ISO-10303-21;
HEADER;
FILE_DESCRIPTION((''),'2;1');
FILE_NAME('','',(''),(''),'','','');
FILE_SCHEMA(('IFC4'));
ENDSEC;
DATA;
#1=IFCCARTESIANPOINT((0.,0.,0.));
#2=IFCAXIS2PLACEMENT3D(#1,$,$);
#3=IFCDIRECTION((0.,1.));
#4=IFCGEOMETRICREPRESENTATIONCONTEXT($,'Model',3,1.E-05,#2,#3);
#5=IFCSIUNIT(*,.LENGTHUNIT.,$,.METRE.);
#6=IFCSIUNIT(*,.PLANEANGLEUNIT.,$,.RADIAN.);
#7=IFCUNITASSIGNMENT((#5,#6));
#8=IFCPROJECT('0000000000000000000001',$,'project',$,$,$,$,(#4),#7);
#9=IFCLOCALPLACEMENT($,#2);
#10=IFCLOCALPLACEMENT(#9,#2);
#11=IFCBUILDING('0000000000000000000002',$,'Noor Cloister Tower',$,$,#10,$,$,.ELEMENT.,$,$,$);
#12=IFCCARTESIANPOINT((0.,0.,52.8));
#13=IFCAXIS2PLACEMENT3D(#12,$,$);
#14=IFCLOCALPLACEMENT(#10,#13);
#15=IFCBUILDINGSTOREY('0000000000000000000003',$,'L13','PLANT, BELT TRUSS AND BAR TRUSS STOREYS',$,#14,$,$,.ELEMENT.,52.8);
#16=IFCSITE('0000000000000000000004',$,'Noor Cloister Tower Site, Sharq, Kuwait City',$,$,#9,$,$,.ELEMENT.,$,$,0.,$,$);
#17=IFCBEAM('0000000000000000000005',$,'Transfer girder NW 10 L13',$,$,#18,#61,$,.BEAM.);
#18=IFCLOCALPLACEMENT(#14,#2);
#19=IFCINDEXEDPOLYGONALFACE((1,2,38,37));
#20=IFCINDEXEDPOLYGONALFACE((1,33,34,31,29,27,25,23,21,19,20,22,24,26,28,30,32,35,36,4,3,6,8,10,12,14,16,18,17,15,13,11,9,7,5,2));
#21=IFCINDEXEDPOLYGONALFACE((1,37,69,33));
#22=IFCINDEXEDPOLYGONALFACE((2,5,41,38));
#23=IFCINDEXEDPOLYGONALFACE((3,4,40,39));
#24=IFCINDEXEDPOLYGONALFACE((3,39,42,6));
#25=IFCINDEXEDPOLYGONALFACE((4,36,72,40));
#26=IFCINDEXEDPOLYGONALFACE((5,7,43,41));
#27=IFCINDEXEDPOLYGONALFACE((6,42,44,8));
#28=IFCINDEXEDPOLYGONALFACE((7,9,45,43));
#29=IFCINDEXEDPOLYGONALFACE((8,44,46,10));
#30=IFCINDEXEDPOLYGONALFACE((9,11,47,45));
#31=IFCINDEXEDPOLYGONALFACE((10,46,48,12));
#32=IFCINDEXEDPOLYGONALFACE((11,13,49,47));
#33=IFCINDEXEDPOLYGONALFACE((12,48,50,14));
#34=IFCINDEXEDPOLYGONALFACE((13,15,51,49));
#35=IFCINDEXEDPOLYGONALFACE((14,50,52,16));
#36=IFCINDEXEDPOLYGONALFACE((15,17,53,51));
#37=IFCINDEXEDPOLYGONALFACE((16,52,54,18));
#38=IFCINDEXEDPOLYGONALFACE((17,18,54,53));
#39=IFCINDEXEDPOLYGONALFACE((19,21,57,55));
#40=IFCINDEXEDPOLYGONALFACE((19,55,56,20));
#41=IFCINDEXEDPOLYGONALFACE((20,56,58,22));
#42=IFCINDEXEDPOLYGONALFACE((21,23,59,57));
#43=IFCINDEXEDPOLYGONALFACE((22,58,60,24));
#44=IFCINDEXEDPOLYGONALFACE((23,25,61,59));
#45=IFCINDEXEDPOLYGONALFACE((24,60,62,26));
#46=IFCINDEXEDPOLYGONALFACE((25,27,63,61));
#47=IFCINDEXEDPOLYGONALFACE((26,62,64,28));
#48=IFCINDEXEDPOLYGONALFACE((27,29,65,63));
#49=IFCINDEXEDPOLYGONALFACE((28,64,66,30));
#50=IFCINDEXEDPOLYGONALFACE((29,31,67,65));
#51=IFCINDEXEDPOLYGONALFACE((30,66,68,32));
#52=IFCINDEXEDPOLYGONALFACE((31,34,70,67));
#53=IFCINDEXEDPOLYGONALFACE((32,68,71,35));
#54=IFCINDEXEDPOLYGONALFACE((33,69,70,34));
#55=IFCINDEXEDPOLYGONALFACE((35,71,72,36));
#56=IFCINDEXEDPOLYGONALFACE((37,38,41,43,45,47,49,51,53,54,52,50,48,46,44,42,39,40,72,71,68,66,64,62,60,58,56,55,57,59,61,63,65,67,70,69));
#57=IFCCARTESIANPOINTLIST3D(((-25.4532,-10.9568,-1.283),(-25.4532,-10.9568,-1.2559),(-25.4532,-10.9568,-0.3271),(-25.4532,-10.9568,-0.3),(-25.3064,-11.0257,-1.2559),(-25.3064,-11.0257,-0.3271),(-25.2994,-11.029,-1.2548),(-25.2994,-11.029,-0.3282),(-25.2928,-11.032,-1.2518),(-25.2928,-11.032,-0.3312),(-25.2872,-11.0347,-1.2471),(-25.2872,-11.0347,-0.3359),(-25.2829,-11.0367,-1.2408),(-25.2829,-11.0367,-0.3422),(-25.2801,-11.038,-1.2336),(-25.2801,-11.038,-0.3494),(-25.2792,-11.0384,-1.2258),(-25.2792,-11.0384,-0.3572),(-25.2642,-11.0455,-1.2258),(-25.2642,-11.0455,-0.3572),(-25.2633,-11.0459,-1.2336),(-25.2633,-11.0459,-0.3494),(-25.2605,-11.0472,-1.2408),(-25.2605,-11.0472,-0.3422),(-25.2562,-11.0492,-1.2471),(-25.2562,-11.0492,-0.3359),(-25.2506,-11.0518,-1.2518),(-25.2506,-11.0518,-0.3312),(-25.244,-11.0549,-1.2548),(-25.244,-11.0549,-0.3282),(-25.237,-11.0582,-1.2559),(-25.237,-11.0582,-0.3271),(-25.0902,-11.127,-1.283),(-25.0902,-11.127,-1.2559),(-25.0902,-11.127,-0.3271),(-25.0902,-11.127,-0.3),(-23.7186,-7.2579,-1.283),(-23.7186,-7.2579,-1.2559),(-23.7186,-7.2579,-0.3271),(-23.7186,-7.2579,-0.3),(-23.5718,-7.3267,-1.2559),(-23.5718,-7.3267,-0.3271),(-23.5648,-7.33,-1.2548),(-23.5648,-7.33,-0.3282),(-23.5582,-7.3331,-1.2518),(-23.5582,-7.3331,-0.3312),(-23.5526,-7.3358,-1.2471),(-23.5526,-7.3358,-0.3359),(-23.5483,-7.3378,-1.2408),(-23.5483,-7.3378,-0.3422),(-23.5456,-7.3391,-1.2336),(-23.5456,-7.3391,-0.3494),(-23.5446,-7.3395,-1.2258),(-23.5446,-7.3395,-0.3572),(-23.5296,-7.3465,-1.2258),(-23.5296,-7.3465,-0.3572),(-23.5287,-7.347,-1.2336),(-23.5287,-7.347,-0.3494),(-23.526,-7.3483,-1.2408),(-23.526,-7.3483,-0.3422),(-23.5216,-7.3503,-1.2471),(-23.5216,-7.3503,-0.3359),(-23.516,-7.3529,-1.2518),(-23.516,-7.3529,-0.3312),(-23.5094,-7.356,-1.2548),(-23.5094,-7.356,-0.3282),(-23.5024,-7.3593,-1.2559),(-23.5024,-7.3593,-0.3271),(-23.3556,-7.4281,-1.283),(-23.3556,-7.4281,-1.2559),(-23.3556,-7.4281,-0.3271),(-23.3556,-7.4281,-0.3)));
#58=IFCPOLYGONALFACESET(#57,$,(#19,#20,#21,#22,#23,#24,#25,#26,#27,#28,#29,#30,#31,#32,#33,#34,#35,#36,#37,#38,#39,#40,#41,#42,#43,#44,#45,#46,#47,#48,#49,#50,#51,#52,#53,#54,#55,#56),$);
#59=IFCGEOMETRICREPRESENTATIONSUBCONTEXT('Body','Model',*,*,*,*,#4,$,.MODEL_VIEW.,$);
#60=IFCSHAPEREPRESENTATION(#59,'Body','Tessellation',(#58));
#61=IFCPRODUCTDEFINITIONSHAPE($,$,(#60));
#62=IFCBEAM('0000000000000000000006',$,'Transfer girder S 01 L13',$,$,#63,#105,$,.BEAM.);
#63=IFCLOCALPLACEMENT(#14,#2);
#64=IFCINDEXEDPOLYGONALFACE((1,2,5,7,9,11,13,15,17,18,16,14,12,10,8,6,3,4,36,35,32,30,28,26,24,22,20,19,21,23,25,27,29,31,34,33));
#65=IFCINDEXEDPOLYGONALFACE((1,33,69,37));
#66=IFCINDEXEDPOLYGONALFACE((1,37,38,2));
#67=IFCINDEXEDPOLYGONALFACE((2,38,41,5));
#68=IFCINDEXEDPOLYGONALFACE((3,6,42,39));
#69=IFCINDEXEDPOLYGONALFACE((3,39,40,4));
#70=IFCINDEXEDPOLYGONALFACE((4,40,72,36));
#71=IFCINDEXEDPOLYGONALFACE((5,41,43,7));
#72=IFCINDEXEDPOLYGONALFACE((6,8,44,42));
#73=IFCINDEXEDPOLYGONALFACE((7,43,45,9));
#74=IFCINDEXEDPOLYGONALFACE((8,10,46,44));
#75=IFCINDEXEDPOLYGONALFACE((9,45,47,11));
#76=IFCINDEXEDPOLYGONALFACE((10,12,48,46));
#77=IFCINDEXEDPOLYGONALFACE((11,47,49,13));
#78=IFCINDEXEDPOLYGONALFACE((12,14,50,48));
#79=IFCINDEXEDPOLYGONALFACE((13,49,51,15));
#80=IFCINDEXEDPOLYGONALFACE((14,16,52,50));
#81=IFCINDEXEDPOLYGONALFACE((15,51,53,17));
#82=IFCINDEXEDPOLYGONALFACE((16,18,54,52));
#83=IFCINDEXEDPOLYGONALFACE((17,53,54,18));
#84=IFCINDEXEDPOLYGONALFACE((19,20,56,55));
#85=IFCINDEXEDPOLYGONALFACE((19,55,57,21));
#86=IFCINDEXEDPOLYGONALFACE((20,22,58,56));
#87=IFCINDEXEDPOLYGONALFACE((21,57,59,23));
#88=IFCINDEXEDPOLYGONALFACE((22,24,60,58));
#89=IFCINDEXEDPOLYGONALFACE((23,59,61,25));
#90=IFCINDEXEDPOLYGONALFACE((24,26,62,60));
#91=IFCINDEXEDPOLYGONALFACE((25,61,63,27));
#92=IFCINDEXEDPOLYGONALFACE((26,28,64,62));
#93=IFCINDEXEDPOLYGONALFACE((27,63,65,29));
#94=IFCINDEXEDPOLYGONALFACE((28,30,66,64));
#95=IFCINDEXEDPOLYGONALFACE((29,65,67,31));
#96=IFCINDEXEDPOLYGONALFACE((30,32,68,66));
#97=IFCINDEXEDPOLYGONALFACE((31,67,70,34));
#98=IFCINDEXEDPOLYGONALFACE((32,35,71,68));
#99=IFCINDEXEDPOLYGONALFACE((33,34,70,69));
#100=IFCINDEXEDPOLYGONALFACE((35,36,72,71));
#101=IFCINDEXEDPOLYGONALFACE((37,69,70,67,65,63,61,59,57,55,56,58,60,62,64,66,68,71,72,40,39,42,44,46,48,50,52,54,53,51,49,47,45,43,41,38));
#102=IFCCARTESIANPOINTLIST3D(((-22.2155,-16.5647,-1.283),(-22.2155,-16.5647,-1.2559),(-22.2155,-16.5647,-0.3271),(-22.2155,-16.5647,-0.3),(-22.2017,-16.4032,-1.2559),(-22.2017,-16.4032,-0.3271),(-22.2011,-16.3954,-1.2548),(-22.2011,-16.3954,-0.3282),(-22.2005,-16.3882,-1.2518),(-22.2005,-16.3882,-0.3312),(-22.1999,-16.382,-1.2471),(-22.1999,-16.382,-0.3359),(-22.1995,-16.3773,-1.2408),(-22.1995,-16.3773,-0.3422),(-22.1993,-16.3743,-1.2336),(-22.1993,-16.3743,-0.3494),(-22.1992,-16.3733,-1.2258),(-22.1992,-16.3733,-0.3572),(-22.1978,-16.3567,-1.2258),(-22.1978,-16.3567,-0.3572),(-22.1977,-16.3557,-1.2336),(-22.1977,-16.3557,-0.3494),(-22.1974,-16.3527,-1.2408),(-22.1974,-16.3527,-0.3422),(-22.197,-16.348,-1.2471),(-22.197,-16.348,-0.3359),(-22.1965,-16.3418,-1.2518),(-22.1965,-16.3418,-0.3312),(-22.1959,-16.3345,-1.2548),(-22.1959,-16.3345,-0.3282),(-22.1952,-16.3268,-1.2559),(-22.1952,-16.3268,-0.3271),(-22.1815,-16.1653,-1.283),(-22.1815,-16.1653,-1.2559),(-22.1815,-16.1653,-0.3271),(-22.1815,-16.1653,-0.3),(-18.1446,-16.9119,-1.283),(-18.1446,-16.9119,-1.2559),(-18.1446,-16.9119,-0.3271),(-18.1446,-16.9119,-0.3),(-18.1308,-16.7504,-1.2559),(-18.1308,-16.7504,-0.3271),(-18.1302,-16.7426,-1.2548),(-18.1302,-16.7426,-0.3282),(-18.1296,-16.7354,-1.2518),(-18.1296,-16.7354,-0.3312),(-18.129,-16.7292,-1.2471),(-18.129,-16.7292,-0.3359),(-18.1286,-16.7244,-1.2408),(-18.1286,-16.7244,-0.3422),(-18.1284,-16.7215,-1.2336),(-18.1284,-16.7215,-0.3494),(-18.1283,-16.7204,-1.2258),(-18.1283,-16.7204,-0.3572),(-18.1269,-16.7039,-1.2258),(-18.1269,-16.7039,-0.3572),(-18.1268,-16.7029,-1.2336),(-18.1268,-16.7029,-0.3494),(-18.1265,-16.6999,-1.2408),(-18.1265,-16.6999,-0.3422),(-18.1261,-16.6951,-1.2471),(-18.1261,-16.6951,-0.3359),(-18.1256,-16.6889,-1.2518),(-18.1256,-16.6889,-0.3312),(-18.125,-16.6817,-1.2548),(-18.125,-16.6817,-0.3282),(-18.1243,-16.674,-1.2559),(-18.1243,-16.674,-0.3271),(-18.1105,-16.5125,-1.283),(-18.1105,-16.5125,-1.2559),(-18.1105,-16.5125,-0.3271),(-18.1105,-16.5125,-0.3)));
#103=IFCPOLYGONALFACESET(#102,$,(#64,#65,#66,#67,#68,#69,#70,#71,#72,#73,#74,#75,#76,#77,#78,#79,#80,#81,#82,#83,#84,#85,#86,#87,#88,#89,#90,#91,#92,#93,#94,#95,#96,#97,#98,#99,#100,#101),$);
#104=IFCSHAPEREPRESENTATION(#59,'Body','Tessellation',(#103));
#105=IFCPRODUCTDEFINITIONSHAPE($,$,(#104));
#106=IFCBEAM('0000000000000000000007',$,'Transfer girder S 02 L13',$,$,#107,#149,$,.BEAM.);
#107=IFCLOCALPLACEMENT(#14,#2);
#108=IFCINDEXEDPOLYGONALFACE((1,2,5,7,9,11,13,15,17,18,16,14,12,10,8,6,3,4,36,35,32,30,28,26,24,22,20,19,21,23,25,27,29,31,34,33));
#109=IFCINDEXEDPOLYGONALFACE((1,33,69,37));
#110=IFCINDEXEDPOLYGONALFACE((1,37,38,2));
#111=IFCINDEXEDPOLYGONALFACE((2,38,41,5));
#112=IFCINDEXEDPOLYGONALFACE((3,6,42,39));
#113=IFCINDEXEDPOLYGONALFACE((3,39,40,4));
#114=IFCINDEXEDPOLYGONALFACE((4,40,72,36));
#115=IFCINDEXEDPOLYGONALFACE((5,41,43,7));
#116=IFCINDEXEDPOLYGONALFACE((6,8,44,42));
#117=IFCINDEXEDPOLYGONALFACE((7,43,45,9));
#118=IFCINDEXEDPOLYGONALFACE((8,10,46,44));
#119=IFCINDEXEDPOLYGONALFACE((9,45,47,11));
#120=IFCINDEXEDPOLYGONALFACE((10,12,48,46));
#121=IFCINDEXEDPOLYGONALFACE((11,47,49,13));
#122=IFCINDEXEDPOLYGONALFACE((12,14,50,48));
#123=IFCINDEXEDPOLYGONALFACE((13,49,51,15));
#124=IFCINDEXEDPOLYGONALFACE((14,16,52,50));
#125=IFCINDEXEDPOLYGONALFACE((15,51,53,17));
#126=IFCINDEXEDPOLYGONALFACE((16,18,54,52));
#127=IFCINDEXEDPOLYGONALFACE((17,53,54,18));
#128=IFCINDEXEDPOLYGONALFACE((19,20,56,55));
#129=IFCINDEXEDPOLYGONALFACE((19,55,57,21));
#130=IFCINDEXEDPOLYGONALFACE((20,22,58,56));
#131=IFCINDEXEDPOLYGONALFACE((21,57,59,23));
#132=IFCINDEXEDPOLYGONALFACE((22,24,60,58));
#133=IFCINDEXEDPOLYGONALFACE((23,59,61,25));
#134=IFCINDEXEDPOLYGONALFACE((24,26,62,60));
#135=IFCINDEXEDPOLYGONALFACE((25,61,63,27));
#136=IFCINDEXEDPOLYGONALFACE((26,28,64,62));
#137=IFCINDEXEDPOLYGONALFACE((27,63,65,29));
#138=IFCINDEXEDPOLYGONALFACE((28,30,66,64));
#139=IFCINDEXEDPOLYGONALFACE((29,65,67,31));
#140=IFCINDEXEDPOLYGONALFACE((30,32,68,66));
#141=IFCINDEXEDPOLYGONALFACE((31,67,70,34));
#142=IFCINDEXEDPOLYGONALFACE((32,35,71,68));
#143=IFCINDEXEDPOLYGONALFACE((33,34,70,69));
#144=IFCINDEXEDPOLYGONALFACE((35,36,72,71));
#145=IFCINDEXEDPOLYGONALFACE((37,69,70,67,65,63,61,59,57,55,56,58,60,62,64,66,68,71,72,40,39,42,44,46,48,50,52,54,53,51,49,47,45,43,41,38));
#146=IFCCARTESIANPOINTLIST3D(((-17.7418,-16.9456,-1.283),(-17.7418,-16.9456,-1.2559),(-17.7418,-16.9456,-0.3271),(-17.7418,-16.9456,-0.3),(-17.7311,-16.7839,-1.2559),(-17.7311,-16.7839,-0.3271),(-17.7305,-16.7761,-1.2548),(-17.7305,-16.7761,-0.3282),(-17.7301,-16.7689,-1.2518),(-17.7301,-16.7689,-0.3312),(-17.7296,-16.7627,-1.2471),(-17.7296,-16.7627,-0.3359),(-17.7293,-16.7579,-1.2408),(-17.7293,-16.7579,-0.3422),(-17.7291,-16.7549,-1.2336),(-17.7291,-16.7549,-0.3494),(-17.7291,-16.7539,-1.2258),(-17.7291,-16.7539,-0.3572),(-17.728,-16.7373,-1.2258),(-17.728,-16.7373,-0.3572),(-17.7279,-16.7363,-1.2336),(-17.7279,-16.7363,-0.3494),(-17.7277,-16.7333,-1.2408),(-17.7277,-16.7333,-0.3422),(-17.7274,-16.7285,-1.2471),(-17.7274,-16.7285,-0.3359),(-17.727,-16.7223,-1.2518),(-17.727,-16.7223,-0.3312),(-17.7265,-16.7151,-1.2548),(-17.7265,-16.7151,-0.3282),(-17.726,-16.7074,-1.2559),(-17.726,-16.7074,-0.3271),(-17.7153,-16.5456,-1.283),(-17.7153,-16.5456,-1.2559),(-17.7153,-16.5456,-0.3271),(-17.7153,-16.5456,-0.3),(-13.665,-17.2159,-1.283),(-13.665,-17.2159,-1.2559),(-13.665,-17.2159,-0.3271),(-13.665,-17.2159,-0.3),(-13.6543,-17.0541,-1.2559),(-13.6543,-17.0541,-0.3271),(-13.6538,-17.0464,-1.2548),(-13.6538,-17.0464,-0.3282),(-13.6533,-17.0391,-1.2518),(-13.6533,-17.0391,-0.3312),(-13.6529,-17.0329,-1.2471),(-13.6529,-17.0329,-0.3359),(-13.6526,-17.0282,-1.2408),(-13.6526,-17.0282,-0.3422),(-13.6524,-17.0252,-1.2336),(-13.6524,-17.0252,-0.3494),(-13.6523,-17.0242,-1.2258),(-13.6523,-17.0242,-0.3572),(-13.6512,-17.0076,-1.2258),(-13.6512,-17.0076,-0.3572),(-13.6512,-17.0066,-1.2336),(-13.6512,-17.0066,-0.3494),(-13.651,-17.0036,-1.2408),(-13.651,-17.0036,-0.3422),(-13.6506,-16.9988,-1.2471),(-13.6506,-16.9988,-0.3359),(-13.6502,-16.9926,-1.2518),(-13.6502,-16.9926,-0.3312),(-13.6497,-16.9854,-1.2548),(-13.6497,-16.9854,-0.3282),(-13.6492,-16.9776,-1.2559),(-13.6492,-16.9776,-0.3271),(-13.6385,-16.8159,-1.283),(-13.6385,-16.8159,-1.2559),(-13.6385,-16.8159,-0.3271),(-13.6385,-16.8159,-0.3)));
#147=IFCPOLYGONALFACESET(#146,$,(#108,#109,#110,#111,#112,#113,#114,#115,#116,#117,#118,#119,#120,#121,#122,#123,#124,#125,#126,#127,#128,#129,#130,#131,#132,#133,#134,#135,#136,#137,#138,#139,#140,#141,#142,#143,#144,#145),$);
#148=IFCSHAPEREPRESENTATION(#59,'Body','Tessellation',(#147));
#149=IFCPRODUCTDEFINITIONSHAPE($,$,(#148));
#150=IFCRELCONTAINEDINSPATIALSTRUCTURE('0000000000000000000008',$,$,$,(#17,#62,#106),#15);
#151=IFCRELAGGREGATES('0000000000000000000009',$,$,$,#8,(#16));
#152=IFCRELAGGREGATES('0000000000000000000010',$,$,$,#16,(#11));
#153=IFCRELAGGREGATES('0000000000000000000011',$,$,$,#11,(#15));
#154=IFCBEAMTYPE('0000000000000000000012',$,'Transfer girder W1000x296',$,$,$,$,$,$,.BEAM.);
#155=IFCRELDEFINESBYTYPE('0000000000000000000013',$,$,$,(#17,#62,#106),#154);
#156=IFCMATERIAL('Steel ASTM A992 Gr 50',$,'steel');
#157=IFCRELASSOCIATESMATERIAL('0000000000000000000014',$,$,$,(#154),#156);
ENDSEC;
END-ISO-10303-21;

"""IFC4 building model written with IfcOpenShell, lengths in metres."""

from ifc_helpers import new_model, si_unit, direction, frame, origin, origin_2d, place, context, subcontext, project, spatial, i_section, extrude, material, material_profile, profile_set, type_object, element, save


model = new_model("IFC4")

# Units and contexts
model_context = context("Model", 3, precision=1e-05, world=origin(), true_north=direction((0.0, 1.0)))
body_context = subcontext(model_context, "Body", "Model", "MODEL_VIEW")
ifc_project = project(units=[si_unit("LENGTHUNIT", "METRE"), si_unit("PLANEANGLEUNIT", "RADIAN")], contexts=[model_context])

# Site, building, storey
site_placement = place(None, origin())
site = spatial("IfcSite", under=ifc_project, at=site_placement, Name="Noor Cloister Tower Site, Sharq, Kuwait City", CompositionType="ELEMENT", RefElevation=0.0)
building_placement = place(site_placement, origin())
building = spatial("IfcBuilding", under=site, at=building_placement, Name="Noor Cloister Tower", CompositionType="ELEMENT")
storey_placement = place(building_placement, frame((0.0, 0.0, 52.8)))
storey = spatial("IfcBuildingStorey", under=building, at=storey_placement, Name="L13", Description="PLANT, BELT TRUSS AND BAR TRUSS STOREYS", CompositionType="ELEMENT", Elevation=52.8)

# Beams
ifc_material_1 = material(Name="Steel ASTM A992 Gr 50", Category="steel")
ifc_material_profile_1 = material_profile(ifc_material_1, i_section(OverallWidth=0.4009, OverallDepth=0.9829, WebThickness=0.0166, FlangeThickness=0.0271, FilletRadius=0.03, at=origin_2d()), Name="W1000x296")
ifc_profile_set_1 = profile_set([ifc_material_profile_1], Name="Steel ASTM A992 Gr 50")
beam_type_1 = type_object("IfcBeamType", Name="Transfer girder W1000x296", PredefinedType="BEAM", material=ifc_profile_set_1)
beam_1_placement = place(storey_placement, frame((-23.5371, -7.343, -0.7915), z_axis=(-0.424579, -0.905391, 0.0), x_axis=(0.905391, -0.424579, 0.0)))
element("IfcBeam", 1, at=beam_1_placement, inside=storey, type_object=beam_type_1, Name="Transfer girder NW 10 L13", PredefinedType="BEAM", context=body_context, shape_type="SweptSolid", body=[
    extrude(i_section(OverallWidth=0.4009, OverallDepth=0.9829, WebThickness=0.0166, FlangeThickness=0.0271, FilletRadius=0.03, at=origin_2d()), origin(), (0.0, 0.0, 1.0), 4.0854),
])
for number, where, z_axis, x_axis, name in (
    (2, (-22.1985, -16.365, -0.7915), (0.996383, -0.084974, 0.0), (0.084974, 0.996383, 0.0), "Transfer girder S 01 L13"),
    (3, (-17.7285, -16.7456, -0.7915), (0.99781, -0.06615, 0.0), (0.06615, 0.99781, 0.0), "Transfer girder S 02 L13"),
):
    element("IfcBeam", number, at=place(storey_placement, frame(where, z_axis=z_axis, x_axis=x_axis)), inside=storey, type_object=beam_type_1, Name=name, PredefinedType="BEAM", context=body_context, shape_type="SweptSolid", body=[
        extrude(i_section(OverallWidth=0.4009, OverallDepth=0.9829, WebThickness=0.0166, FlangeThickness=0.0271, FilletRadius=0.03, at=origin_2d()), origin(), (0.0, 0.0, 1.0), 4.0857),
    ])

save(model, "model.ifc")
